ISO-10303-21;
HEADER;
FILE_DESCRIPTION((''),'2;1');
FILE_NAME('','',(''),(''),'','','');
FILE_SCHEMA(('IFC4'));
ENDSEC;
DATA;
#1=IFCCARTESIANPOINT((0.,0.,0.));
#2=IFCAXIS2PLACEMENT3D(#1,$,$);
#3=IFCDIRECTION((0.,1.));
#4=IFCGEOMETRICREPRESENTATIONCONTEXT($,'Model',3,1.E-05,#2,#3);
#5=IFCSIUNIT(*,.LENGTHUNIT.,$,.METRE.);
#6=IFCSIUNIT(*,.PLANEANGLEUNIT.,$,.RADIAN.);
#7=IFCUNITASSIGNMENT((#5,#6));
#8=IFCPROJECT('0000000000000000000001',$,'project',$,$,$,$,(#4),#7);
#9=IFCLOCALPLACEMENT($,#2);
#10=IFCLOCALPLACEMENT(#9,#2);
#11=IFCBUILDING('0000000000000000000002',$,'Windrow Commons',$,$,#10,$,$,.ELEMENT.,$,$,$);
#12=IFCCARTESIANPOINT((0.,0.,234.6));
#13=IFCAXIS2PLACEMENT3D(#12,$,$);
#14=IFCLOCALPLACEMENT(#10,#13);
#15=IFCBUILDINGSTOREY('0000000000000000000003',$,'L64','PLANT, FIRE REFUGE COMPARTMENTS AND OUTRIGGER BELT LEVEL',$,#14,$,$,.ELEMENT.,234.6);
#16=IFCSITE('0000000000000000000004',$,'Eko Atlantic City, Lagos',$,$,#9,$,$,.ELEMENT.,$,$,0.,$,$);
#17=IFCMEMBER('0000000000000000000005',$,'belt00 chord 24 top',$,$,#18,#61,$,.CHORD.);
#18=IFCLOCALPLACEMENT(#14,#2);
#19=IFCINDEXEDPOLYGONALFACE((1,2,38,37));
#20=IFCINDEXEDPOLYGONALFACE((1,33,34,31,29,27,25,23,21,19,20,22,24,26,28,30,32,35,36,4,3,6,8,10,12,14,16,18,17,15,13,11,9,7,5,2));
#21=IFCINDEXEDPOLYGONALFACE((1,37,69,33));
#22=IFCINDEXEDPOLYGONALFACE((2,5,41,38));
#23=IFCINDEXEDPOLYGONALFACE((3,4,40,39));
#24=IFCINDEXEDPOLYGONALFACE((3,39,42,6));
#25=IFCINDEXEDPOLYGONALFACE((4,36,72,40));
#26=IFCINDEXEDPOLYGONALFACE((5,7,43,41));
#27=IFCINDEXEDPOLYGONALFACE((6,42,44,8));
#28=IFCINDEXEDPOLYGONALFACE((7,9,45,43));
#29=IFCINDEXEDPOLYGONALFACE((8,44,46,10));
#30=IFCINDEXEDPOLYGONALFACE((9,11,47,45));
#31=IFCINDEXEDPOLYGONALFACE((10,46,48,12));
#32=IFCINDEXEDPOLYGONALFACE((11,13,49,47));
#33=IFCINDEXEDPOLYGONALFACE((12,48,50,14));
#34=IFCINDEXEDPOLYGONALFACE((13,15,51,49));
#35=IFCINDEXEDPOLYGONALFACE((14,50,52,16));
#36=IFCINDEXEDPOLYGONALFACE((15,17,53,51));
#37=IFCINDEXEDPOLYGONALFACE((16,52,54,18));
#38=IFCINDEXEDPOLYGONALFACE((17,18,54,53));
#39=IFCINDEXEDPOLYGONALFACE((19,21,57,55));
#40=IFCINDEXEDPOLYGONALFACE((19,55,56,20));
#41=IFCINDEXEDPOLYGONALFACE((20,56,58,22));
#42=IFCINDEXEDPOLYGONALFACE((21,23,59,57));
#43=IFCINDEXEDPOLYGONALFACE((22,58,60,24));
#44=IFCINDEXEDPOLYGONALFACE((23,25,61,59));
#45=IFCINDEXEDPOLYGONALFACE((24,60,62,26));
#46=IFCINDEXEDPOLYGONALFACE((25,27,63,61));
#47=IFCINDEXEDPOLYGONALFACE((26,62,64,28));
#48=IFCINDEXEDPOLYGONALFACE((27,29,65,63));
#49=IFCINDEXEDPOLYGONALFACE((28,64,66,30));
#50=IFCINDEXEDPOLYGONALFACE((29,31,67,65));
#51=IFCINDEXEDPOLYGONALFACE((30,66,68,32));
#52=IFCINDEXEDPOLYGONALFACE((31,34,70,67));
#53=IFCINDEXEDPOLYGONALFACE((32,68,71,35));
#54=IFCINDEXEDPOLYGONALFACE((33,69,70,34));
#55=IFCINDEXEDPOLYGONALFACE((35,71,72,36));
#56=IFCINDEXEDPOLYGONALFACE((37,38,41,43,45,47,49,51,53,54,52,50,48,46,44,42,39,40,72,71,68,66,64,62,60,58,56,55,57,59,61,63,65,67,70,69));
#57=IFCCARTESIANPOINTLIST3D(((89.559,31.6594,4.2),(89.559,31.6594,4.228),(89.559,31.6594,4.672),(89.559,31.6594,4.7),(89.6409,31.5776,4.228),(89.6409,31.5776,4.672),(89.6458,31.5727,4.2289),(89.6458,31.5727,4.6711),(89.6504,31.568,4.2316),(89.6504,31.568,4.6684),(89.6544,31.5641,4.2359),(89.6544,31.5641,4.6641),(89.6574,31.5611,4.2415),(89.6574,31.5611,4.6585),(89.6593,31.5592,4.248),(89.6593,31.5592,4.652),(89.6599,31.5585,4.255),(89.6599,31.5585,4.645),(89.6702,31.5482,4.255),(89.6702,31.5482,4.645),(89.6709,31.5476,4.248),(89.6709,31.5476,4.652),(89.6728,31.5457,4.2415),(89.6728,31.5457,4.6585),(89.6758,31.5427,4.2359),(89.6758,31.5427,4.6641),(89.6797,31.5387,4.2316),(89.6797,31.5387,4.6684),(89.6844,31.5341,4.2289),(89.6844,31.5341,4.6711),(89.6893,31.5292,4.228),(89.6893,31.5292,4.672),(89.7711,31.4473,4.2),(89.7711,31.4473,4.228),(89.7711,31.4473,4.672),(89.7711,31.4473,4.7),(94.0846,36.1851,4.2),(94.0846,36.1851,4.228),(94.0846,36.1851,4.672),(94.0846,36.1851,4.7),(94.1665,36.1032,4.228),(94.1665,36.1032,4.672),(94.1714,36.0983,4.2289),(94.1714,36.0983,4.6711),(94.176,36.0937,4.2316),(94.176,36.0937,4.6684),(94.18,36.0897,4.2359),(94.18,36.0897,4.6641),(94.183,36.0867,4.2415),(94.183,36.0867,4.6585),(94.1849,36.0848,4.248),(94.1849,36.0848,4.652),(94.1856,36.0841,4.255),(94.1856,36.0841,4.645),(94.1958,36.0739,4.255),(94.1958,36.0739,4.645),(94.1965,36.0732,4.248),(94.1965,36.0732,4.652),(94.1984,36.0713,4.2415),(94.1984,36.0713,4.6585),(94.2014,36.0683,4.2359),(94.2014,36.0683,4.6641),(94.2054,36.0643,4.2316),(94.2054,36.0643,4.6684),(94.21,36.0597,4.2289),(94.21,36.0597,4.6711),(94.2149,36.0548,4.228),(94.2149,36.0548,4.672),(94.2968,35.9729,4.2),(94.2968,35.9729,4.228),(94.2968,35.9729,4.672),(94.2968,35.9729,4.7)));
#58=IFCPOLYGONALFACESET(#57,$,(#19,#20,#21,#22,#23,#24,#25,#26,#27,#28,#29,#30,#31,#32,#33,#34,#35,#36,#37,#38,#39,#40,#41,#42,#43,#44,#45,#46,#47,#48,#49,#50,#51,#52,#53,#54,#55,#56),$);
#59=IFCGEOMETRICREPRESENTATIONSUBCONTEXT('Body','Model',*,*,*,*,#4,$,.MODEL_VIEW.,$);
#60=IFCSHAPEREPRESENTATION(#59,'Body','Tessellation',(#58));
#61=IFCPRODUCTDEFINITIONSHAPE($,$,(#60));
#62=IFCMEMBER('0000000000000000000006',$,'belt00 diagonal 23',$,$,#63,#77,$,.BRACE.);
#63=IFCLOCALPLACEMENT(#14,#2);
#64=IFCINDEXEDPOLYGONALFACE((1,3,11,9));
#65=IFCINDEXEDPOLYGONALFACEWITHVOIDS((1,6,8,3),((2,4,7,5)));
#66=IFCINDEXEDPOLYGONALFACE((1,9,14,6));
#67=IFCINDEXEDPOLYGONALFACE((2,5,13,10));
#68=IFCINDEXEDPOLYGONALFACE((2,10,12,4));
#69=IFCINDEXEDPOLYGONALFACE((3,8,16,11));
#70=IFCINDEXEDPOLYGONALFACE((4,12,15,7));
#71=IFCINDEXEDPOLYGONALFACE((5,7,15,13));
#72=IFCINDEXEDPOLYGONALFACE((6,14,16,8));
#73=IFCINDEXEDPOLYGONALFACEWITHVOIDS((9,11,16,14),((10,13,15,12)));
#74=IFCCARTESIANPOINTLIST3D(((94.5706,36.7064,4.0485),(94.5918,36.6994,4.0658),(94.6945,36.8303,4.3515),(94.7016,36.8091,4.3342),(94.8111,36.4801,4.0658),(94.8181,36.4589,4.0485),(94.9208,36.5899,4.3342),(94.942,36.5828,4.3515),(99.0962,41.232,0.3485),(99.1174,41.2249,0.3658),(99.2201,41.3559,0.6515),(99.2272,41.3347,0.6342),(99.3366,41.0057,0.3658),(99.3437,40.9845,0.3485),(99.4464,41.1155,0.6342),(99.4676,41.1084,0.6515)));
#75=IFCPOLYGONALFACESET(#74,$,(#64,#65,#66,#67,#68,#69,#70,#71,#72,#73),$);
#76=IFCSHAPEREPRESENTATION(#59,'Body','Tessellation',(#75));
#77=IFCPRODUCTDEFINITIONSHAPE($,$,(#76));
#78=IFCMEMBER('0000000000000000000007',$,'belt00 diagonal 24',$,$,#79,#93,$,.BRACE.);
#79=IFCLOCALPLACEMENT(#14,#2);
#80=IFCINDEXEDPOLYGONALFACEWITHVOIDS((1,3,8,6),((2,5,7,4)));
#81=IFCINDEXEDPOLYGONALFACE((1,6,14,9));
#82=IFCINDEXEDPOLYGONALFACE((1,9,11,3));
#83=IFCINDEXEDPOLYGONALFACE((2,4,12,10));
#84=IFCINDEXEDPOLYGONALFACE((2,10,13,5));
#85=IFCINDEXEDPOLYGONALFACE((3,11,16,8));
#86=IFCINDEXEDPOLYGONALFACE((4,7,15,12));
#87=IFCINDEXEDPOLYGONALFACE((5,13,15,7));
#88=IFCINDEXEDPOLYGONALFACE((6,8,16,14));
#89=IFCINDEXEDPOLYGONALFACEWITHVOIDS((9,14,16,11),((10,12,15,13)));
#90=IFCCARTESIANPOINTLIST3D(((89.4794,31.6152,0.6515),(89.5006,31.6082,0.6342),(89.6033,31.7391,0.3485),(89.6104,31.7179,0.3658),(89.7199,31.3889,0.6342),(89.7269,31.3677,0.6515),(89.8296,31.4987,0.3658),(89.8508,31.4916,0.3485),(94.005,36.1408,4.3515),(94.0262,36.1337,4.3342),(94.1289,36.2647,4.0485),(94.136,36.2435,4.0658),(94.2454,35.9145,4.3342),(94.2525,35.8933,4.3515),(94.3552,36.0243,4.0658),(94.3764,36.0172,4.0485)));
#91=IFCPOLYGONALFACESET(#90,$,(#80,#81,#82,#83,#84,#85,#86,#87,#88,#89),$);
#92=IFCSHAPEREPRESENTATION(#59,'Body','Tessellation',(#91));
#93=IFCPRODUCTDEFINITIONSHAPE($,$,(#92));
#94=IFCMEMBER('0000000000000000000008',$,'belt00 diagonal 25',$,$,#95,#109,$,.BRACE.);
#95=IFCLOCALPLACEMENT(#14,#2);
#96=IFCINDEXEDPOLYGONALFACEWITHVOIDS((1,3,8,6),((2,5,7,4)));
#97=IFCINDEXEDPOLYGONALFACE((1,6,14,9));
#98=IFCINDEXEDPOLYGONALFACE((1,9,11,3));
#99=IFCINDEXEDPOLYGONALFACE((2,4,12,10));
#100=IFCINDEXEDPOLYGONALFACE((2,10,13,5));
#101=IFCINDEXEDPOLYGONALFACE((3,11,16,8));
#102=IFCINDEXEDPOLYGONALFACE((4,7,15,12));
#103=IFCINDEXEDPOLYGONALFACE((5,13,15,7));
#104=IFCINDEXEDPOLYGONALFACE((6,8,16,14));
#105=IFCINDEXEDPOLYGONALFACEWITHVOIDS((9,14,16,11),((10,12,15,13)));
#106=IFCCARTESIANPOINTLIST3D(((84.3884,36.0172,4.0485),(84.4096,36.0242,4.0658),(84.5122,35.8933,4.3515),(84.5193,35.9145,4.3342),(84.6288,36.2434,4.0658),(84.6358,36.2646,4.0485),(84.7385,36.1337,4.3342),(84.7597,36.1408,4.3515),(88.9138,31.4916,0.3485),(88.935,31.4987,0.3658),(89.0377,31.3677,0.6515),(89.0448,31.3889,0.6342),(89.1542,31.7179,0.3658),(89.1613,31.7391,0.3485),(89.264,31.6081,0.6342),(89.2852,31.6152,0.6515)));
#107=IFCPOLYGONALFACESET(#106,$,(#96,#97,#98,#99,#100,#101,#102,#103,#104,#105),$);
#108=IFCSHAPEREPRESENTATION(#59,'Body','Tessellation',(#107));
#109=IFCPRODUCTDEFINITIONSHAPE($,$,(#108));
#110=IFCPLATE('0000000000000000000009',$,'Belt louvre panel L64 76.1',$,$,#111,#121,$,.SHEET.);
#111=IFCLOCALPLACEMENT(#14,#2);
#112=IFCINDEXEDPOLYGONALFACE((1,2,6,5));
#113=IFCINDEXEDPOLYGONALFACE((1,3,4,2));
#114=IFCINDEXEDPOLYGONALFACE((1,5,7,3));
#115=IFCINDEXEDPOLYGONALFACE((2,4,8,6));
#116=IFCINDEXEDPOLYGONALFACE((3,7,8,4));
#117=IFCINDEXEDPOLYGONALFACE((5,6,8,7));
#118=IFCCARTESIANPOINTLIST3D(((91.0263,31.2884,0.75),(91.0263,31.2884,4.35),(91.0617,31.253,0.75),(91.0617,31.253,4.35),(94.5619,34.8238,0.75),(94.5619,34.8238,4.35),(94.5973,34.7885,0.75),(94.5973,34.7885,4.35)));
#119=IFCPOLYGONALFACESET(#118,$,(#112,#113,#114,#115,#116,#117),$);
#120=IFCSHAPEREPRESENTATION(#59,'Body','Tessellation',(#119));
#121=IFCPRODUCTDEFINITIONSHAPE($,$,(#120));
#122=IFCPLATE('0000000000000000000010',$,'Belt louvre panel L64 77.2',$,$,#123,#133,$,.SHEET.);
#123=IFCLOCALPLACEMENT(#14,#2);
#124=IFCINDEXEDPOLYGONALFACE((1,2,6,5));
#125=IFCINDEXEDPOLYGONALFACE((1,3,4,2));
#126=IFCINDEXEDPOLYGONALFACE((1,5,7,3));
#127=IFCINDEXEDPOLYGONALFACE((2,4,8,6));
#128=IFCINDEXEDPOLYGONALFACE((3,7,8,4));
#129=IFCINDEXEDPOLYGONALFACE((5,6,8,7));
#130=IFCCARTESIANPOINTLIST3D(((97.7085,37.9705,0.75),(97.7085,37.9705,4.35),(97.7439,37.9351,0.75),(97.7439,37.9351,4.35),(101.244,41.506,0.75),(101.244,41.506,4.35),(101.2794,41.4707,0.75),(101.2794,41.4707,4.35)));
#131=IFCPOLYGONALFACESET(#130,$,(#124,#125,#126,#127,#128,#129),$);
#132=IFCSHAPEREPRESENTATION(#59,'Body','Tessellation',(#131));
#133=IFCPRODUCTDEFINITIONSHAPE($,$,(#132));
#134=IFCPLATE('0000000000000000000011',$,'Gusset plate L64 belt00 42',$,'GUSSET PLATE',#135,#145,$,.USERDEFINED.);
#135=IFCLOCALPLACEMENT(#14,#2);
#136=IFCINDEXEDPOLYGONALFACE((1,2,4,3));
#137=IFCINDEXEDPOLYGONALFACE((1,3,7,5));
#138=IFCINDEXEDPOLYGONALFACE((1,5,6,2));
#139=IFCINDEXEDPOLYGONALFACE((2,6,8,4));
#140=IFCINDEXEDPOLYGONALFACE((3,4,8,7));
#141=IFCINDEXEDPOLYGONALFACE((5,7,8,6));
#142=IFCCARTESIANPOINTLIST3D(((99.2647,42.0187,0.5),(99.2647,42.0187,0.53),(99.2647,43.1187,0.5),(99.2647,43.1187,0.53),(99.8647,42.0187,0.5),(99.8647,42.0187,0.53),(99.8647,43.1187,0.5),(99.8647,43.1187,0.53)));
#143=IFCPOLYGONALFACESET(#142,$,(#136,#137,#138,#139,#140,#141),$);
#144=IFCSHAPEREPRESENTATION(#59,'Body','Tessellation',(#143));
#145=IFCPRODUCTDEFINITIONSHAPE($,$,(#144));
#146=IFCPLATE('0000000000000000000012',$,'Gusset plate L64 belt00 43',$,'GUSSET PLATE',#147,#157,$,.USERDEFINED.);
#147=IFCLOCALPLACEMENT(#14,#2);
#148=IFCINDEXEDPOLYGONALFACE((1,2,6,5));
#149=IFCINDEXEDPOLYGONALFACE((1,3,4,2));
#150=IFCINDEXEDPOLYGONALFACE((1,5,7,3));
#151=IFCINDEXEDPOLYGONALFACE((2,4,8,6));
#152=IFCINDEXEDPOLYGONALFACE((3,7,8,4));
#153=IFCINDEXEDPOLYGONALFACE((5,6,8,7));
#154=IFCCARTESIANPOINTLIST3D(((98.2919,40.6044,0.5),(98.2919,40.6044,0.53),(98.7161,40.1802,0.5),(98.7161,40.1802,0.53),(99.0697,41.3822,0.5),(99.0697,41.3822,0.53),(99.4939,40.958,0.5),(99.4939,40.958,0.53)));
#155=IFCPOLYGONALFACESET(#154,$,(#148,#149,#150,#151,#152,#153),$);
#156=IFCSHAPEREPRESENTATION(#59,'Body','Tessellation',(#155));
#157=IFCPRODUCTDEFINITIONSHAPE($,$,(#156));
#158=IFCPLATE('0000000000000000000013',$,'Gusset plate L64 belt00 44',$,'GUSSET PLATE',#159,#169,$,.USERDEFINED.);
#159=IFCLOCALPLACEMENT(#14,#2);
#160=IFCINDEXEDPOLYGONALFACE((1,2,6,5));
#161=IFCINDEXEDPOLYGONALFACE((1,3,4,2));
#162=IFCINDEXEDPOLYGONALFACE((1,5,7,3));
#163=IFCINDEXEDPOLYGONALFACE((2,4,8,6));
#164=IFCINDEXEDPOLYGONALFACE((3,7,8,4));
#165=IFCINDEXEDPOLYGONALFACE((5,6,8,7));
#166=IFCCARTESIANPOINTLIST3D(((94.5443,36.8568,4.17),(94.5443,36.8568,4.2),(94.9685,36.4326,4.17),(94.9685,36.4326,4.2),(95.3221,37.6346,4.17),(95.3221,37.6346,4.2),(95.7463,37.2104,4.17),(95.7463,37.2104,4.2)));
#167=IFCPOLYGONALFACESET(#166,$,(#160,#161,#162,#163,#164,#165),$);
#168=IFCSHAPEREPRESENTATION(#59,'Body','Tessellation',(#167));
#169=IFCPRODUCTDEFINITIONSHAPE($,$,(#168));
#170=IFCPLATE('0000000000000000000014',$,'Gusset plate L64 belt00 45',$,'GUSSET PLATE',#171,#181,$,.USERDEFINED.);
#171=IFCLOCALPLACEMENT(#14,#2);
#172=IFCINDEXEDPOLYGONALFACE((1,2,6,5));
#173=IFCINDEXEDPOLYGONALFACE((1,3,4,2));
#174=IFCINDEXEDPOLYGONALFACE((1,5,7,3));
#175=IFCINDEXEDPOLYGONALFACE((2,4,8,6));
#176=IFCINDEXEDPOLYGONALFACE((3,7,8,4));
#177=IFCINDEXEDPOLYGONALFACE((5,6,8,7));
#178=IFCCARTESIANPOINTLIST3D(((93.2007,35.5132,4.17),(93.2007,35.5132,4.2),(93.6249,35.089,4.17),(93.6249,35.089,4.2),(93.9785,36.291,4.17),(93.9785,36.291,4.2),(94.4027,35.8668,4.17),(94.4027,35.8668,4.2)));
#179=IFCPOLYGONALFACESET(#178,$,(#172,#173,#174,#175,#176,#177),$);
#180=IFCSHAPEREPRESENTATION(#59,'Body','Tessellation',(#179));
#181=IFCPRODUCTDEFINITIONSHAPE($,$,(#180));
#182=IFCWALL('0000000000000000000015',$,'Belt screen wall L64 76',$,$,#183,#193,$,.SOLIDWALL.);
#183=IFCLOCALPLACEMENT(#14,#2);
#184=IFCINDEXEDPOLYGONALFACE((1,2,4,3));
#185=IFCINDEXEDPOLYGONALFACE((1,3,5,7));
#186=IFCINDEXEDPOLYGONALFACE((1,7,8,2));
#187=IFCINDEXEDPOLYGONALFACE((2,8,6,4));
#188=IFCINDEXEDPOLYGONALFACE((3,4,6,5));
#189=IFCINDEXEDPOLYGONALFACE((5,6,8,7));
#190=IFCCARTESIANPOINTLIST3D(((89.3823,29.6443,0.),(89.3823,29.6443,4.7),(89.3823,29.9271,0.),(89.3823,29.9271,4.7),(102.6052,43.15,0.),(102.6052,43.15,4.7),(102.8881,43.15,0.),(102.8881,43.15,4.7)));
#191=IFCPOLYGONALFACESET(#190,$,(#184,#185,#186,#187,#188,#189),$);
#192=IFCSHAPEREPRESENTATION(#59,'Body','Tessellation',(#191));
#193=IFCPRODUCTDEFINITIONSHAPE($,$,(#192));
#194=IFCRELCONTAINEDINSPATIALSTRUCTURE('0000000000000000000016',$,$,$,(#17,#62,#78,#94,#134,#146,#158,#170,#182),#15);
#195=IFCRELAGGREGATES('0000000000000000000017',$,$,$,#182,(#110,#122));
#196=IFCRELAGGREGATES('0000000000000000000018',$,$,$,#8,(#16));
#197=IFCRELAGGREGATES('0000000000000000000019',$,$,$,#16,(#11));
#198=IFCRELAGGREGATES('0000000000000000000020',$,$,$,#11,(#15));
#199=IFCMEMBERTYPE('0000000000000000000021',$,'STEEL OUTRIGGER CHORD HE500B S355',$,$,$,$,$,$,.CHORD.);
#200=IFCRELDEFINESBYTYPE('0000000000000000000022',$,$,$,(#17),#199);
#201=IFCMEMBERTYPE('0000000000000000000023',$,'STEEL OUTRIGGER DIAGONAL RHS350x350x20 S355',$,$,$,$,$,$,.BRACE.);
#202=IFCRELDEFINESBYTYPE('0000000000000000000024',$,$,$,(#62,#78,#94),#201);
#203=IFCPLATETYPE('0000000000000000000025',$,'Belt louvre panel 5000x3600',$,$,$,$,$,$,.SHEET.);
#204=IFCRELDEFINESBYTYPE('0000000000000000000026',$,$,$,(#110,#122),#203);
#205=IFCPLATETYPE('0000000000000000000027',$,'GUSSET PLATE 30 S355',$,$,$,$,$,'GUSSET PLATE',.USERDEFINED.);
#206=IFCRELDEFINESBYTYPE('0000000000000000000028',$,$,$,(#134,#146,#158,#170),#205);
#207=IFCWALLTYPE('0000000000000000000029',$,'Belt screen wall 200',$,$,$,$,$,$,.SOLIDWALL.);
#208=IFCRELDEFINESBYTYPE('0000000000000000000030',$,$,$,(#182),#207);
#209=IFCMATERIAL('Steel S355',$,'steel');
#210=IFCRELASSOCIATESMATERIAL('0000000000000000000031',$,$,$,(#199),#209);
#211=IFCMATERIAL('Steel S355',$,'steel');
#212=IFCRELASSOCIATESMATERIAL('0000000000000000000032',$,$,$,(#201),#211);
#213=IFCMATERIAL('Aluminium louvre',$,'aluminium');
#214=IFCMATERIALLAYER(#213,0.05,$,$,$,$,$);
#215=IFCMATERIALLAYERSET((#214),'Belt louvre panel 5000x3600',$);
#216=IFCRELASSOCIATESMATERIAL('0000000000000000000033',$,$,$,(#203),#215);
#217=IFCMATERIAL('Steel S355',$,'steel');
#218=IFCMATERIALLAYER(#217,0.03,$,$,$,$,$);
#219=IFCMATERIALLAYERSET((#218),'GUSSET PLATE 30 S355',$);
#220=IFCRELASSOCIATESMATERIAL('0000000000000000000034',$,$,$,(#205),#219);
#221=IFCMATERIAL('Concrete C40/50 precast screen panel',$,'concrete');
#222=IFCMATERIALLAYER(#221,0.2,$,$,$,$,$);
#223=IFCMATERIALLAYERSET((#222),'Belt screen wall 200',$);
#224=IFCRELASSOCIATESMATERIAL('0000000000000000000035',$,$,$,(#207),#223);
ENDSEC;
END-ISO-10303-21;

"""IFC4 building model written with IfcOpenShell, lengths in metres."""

from ifc_helpers import new_model, si_unit, direction, frame, origin, origin_2d, place, context, subcontext, project, spatial, polyline, rectangle, hollow_rectangle, i_section, outline, extrude, material, layer, layer_set, material_profile, profile_set, type_object, element, aggregate, save


model = new_model("IFC4")

# Units and contexts
model_context = context("Model", 3, precision=1e-05, world=origin(), true_north=direction((0.0, 1.0)))
body_context = subcontext(model_context, "Body", "Model", "MODEL_VIEW")
ifc_project = project(units=[si_unit("LENGTHUNIT", "METRE"), si_unit("PLANEANGLEUNIT", "RADIAN")], contexts=[model_context])

# Site, building, storey
site_placement = place(None, origin())
site = spatial("IfcSite", under=ifc_project, at=site_placement, Name="Eko Atlantic City, Lagos", CompositionType="ELEMENT", RefElevation=0.0)
building_placement = place(site_placement, origin())
building = spatial("IfcBuilding", under=site, at=building_placement, Name="Windrow Commons", CompositionType="ELEMENT")
storey_placement = place(building_placement, frame((0.0, 0.0, 234.6)))
storey = spatial("IfcBuildingStorey", under=building, at=storey_placement, Name="L64", Description="PLANT, FIRE REFUGE COMPARTMENTS AND OUTRIGGER BELT LEVEL", CompositionType="ELEMENT", Elevation=234.6)

# Members
ifc_material_1 = material(Name="Steel S355", Category="steel")
ifc_material_profile_1 = material_profile(ifc_material_1, i_section(OverallWidth=0.3, OverallDepth=0.5, WebThickness=0.0145, FlangeThickness=0.028, FilletRadius=0.027, at=origin_2d()))
ifc_profile_set_1 = profile_set([ifc_material_profile_1], Name="Steel S355")
member_type_1 = type_object("IfcMemberType", Name="STEEL OUTRIGGER CHORD HE500B S355", PredefinedType="CHORD", material=ifc_profile_set_1)
for number, where, z_axis, x_axis, name in (
    (1, (94.1907, 36.079, 4.45), (-0.707107, -0.707107, 0.0), (0.707107, -0.707107, 0.0), "belt00 chord 24 top"),
):
    element("IfcMember", number, at=place(storey_placement, frame(where, z_axis=z_axis, x_axis=x_axis)), inside=storey, type_object=member_type_1, Name=name, PredefinedType="CHORD", context=body_context, shape_type="SweptSolid", body=[
        extrude(i_section(OverallWidth=0.3, OverallDepth=0.5, WebThickness=0.0145, FlangeThickness=0.028, FilletRadius=0.027, at=origin_2d()), origin(), (0.0, 0.0, 1.0), 6.4002),
    ])
ifc_material_2 = material(Name="Steel S355", Category="steel")
ifc_material_profile_2 = material_profile(ifc_material_2, hollow_rectangle(XDim=0.35, YDim=0.35, WallThickness=0.02, at=origin_2d()))
ifc_profile_set_2 = profile_set([ifc_material_profile_2], Name="Steel S355")
member_type_2 = type_object("IfcMemberType", Name="STEEL OUTRIGGER DIAGONAL RHS350x350x20 S355", PredefinedType="BRACE", material=ifc_profile_set_2)
for number, where, z_axis, x_axis, name in (
    (2, (99.2819, 41.1702, 0.5), (-0.612171, -0.612171, 0.500493), (0.707107, -0.707107, 0.0), "belt00 diagonal 23"),
    (3, (94.1907, 36.079, 4.2), (-0.612171, -0.612171, -0.500493), (0.707107, -0.707107, 0.0), "belt00 diagonal 24"),
):
    element("IfcMember", number, at=place(storey_placement, frame(where, z_axis=z_axis, x_axis=x_axis)), inside=storey, type_object=member_type_2, Name=name, PredefinedType="BRACE", context=body_context, shape_type="SweptSolid", body=[
        extrude(hollow_rectangle(XDim=0.35, YDim=0.35, WallThickness=0.02, at=origin_2d()), origin(), (0.0, 0.0, 1.0), 7.3927),
    ])
member_placement = place(storey_placement, frame((89.0995, 31.5534, 0.5), z_axis=(-0.612162, 0.612176, 0.500497), x_axis=(-0.707115, -0.707099, 0.0)))
element("IfcMember", 4, at=member_placement, inside=storey, type_object=member_type_2, Name="belt00 diagonal 25", PredefinedType="BRACE", context=body_context, shape_type="SweptSolid", body=[
    extrude(hollow_rectangle(XDim=0.35, YDim=0.35, WallThickness=0.02, at=origin_2d()), origin(), (0.0, 0.0, 1.0), 7.3926),
])

# Plates
ifc_material_3 = material(Name="Aluminium louvre", Category="aluminium")
ifc_layer_1 = layer(ifc_material_3, 0.05)
ifc_layer_set_1 = layer_set([ifc_layer_1], Name="Belt louvre panel 5000x3600")
plate_type_1 = type_object("IfcPlateType", Name="Belt louvre panel 5000x3600", PredefinedType="SHEET", material=ifc_layer_set_1)
plate_1_placement = place(storey_placement, frame((91.0617, 31.253, 0.75), z_axis=(0.707097, -0.707117, 0.0), x_axis=(0.707117, 0.707097, 0.0)))
plate_1 = element("IfcPlate", 5, at=plate_1_placement, type_object=plate_type_1, Name="Belt louvre panel L64 76.1", PredefinedType="SHEET", context=body_context, shape_type="SweptSolid", body=[
    extrude(outline(polyline([(0.0, 0.0), (5.0, 0.0), (5.0, 3.6), (0.0, 3.6), (0.0, 0.0)])), origin(), (0.0, 0.0, -1.0), 0.05),
])
plate_2_placement = place(storey_placement, frame((97.7439, 37.9351, 0.75), z_axis=(0.707117, -0.707097, 0.0), x_axis=(0.707097, 0.707117, 0.0)))
plate_2 = element("IfcPlate", 6, at=plate_2_placement, type_object=plate_type_1, Name="Belt louvre panel L64 77.2", PredefinedType="SHEET", context=body_context, shape_type="SweptSolid", body=[
    extrude(outline(polyline([(0.0, 0.0), (5.0, 0.0), (5.0, 3.6), (0.0, 3.6), (0.0, 0.0)])), origin(), (0.0, 0.0, -1.0), 0.05),
])

# Plates
ifc_material_4 = material(Name="Steel S355", Category="steel")
ifc_layer_2 = layer(ifc_material_4, 0.03)
ifc_layer_set_2 = layer_set([ifc_layer_2], Name="GUSSET PLATE 30 S355")
plate_type_2 = type_object("IfcPlateType", Name="GUSSET PLATE 30 S355", ElementType="GUSSET PLATE", PredefinedType="USERDEFINED", material=ifc_layer_set_2)
for number, where, z_axis, x_axis, name in (
    (7, (99.5647, 42.5687, 0.5), (0.0, 0.0, 1.0), (0.0, -1.0, 0.0), "Gusset plate L64 belt00 42"),
    (8, (98.8929, 40.7812, 0.5), (0.0, 0.0, 1.0), (-0.707107, -0.707107, 0.0), "Gusset plate L64 belt00 43"),
    (9, (95.1453, 37.0336, 4.17), (0.0, 0.0, 1.0), (-0.707107, -0.707107, 0.0), "Gusset plate L64 belt00 44"),
    (10, (93.8017, 35.69, 4.17), (0.0, 0.0, 1.0), (-0.707107, -0.707107, 0.0), "Gusset plate L64 belt00 45"),
):
    element("IfcPlate", number, at=place(storey_placement, frame(where, z_axis=z_axis, x_axis=x_axis)), inside=storey, type_object=plate_type_2, Name=name, ObjectType="GUSSET PLATE", PredefinedType="USERDEFINED", context=body_context, shape_type="SweptSolid", body=[
        extrude(rectangle(XDim=1.1, YDim=0.6, at=origin_2d()), origin(), (0.0, 0.0, 1.0), 0.03),
    ])

# Wall
ifc_material_5 = material(Name="Concrete C40/50 precast screen panel", Category="concrete")
ifc_layer_3 = layer(ifc_material_5, 0.2)
ifc_layer_set_3 = layer_set([ifc_layer_3], Name="Belt screen wall 200")
wall_type_1 = type_object("IfcWallType", Name="Belt screen wall 200", PredefinedType="SOLIDWALL", material=ifc_layer_set_3)
wall_1_placement = place(storey_placement, frame((89.3823, 29.7857, 0.0), z_axis=(0.0, 0.0, 1.0), x_axis=(0.707109, 0.707104, 0.0)))
wall_1 = element("IfcWall", 11, at=wall_1_placement, inside=storey, type_object=wall_type_1, Name="Belt screen wall L64 76", PredefinedType="SOLIDWALL", context=body_context, shape_type="SweptSolid", body=[
    extrude(outline(polyline([(-0.1, -0.1), (19.0, -0.1), (18.8, 0.1), (0.1, 0.1), (-0.1, -0.1)])), origin(), (0.0, 0.0, 1.0), 4.7),
])
aggregate(wall_1, [plate_1, plate_2])

save(model, "model.ifc")
